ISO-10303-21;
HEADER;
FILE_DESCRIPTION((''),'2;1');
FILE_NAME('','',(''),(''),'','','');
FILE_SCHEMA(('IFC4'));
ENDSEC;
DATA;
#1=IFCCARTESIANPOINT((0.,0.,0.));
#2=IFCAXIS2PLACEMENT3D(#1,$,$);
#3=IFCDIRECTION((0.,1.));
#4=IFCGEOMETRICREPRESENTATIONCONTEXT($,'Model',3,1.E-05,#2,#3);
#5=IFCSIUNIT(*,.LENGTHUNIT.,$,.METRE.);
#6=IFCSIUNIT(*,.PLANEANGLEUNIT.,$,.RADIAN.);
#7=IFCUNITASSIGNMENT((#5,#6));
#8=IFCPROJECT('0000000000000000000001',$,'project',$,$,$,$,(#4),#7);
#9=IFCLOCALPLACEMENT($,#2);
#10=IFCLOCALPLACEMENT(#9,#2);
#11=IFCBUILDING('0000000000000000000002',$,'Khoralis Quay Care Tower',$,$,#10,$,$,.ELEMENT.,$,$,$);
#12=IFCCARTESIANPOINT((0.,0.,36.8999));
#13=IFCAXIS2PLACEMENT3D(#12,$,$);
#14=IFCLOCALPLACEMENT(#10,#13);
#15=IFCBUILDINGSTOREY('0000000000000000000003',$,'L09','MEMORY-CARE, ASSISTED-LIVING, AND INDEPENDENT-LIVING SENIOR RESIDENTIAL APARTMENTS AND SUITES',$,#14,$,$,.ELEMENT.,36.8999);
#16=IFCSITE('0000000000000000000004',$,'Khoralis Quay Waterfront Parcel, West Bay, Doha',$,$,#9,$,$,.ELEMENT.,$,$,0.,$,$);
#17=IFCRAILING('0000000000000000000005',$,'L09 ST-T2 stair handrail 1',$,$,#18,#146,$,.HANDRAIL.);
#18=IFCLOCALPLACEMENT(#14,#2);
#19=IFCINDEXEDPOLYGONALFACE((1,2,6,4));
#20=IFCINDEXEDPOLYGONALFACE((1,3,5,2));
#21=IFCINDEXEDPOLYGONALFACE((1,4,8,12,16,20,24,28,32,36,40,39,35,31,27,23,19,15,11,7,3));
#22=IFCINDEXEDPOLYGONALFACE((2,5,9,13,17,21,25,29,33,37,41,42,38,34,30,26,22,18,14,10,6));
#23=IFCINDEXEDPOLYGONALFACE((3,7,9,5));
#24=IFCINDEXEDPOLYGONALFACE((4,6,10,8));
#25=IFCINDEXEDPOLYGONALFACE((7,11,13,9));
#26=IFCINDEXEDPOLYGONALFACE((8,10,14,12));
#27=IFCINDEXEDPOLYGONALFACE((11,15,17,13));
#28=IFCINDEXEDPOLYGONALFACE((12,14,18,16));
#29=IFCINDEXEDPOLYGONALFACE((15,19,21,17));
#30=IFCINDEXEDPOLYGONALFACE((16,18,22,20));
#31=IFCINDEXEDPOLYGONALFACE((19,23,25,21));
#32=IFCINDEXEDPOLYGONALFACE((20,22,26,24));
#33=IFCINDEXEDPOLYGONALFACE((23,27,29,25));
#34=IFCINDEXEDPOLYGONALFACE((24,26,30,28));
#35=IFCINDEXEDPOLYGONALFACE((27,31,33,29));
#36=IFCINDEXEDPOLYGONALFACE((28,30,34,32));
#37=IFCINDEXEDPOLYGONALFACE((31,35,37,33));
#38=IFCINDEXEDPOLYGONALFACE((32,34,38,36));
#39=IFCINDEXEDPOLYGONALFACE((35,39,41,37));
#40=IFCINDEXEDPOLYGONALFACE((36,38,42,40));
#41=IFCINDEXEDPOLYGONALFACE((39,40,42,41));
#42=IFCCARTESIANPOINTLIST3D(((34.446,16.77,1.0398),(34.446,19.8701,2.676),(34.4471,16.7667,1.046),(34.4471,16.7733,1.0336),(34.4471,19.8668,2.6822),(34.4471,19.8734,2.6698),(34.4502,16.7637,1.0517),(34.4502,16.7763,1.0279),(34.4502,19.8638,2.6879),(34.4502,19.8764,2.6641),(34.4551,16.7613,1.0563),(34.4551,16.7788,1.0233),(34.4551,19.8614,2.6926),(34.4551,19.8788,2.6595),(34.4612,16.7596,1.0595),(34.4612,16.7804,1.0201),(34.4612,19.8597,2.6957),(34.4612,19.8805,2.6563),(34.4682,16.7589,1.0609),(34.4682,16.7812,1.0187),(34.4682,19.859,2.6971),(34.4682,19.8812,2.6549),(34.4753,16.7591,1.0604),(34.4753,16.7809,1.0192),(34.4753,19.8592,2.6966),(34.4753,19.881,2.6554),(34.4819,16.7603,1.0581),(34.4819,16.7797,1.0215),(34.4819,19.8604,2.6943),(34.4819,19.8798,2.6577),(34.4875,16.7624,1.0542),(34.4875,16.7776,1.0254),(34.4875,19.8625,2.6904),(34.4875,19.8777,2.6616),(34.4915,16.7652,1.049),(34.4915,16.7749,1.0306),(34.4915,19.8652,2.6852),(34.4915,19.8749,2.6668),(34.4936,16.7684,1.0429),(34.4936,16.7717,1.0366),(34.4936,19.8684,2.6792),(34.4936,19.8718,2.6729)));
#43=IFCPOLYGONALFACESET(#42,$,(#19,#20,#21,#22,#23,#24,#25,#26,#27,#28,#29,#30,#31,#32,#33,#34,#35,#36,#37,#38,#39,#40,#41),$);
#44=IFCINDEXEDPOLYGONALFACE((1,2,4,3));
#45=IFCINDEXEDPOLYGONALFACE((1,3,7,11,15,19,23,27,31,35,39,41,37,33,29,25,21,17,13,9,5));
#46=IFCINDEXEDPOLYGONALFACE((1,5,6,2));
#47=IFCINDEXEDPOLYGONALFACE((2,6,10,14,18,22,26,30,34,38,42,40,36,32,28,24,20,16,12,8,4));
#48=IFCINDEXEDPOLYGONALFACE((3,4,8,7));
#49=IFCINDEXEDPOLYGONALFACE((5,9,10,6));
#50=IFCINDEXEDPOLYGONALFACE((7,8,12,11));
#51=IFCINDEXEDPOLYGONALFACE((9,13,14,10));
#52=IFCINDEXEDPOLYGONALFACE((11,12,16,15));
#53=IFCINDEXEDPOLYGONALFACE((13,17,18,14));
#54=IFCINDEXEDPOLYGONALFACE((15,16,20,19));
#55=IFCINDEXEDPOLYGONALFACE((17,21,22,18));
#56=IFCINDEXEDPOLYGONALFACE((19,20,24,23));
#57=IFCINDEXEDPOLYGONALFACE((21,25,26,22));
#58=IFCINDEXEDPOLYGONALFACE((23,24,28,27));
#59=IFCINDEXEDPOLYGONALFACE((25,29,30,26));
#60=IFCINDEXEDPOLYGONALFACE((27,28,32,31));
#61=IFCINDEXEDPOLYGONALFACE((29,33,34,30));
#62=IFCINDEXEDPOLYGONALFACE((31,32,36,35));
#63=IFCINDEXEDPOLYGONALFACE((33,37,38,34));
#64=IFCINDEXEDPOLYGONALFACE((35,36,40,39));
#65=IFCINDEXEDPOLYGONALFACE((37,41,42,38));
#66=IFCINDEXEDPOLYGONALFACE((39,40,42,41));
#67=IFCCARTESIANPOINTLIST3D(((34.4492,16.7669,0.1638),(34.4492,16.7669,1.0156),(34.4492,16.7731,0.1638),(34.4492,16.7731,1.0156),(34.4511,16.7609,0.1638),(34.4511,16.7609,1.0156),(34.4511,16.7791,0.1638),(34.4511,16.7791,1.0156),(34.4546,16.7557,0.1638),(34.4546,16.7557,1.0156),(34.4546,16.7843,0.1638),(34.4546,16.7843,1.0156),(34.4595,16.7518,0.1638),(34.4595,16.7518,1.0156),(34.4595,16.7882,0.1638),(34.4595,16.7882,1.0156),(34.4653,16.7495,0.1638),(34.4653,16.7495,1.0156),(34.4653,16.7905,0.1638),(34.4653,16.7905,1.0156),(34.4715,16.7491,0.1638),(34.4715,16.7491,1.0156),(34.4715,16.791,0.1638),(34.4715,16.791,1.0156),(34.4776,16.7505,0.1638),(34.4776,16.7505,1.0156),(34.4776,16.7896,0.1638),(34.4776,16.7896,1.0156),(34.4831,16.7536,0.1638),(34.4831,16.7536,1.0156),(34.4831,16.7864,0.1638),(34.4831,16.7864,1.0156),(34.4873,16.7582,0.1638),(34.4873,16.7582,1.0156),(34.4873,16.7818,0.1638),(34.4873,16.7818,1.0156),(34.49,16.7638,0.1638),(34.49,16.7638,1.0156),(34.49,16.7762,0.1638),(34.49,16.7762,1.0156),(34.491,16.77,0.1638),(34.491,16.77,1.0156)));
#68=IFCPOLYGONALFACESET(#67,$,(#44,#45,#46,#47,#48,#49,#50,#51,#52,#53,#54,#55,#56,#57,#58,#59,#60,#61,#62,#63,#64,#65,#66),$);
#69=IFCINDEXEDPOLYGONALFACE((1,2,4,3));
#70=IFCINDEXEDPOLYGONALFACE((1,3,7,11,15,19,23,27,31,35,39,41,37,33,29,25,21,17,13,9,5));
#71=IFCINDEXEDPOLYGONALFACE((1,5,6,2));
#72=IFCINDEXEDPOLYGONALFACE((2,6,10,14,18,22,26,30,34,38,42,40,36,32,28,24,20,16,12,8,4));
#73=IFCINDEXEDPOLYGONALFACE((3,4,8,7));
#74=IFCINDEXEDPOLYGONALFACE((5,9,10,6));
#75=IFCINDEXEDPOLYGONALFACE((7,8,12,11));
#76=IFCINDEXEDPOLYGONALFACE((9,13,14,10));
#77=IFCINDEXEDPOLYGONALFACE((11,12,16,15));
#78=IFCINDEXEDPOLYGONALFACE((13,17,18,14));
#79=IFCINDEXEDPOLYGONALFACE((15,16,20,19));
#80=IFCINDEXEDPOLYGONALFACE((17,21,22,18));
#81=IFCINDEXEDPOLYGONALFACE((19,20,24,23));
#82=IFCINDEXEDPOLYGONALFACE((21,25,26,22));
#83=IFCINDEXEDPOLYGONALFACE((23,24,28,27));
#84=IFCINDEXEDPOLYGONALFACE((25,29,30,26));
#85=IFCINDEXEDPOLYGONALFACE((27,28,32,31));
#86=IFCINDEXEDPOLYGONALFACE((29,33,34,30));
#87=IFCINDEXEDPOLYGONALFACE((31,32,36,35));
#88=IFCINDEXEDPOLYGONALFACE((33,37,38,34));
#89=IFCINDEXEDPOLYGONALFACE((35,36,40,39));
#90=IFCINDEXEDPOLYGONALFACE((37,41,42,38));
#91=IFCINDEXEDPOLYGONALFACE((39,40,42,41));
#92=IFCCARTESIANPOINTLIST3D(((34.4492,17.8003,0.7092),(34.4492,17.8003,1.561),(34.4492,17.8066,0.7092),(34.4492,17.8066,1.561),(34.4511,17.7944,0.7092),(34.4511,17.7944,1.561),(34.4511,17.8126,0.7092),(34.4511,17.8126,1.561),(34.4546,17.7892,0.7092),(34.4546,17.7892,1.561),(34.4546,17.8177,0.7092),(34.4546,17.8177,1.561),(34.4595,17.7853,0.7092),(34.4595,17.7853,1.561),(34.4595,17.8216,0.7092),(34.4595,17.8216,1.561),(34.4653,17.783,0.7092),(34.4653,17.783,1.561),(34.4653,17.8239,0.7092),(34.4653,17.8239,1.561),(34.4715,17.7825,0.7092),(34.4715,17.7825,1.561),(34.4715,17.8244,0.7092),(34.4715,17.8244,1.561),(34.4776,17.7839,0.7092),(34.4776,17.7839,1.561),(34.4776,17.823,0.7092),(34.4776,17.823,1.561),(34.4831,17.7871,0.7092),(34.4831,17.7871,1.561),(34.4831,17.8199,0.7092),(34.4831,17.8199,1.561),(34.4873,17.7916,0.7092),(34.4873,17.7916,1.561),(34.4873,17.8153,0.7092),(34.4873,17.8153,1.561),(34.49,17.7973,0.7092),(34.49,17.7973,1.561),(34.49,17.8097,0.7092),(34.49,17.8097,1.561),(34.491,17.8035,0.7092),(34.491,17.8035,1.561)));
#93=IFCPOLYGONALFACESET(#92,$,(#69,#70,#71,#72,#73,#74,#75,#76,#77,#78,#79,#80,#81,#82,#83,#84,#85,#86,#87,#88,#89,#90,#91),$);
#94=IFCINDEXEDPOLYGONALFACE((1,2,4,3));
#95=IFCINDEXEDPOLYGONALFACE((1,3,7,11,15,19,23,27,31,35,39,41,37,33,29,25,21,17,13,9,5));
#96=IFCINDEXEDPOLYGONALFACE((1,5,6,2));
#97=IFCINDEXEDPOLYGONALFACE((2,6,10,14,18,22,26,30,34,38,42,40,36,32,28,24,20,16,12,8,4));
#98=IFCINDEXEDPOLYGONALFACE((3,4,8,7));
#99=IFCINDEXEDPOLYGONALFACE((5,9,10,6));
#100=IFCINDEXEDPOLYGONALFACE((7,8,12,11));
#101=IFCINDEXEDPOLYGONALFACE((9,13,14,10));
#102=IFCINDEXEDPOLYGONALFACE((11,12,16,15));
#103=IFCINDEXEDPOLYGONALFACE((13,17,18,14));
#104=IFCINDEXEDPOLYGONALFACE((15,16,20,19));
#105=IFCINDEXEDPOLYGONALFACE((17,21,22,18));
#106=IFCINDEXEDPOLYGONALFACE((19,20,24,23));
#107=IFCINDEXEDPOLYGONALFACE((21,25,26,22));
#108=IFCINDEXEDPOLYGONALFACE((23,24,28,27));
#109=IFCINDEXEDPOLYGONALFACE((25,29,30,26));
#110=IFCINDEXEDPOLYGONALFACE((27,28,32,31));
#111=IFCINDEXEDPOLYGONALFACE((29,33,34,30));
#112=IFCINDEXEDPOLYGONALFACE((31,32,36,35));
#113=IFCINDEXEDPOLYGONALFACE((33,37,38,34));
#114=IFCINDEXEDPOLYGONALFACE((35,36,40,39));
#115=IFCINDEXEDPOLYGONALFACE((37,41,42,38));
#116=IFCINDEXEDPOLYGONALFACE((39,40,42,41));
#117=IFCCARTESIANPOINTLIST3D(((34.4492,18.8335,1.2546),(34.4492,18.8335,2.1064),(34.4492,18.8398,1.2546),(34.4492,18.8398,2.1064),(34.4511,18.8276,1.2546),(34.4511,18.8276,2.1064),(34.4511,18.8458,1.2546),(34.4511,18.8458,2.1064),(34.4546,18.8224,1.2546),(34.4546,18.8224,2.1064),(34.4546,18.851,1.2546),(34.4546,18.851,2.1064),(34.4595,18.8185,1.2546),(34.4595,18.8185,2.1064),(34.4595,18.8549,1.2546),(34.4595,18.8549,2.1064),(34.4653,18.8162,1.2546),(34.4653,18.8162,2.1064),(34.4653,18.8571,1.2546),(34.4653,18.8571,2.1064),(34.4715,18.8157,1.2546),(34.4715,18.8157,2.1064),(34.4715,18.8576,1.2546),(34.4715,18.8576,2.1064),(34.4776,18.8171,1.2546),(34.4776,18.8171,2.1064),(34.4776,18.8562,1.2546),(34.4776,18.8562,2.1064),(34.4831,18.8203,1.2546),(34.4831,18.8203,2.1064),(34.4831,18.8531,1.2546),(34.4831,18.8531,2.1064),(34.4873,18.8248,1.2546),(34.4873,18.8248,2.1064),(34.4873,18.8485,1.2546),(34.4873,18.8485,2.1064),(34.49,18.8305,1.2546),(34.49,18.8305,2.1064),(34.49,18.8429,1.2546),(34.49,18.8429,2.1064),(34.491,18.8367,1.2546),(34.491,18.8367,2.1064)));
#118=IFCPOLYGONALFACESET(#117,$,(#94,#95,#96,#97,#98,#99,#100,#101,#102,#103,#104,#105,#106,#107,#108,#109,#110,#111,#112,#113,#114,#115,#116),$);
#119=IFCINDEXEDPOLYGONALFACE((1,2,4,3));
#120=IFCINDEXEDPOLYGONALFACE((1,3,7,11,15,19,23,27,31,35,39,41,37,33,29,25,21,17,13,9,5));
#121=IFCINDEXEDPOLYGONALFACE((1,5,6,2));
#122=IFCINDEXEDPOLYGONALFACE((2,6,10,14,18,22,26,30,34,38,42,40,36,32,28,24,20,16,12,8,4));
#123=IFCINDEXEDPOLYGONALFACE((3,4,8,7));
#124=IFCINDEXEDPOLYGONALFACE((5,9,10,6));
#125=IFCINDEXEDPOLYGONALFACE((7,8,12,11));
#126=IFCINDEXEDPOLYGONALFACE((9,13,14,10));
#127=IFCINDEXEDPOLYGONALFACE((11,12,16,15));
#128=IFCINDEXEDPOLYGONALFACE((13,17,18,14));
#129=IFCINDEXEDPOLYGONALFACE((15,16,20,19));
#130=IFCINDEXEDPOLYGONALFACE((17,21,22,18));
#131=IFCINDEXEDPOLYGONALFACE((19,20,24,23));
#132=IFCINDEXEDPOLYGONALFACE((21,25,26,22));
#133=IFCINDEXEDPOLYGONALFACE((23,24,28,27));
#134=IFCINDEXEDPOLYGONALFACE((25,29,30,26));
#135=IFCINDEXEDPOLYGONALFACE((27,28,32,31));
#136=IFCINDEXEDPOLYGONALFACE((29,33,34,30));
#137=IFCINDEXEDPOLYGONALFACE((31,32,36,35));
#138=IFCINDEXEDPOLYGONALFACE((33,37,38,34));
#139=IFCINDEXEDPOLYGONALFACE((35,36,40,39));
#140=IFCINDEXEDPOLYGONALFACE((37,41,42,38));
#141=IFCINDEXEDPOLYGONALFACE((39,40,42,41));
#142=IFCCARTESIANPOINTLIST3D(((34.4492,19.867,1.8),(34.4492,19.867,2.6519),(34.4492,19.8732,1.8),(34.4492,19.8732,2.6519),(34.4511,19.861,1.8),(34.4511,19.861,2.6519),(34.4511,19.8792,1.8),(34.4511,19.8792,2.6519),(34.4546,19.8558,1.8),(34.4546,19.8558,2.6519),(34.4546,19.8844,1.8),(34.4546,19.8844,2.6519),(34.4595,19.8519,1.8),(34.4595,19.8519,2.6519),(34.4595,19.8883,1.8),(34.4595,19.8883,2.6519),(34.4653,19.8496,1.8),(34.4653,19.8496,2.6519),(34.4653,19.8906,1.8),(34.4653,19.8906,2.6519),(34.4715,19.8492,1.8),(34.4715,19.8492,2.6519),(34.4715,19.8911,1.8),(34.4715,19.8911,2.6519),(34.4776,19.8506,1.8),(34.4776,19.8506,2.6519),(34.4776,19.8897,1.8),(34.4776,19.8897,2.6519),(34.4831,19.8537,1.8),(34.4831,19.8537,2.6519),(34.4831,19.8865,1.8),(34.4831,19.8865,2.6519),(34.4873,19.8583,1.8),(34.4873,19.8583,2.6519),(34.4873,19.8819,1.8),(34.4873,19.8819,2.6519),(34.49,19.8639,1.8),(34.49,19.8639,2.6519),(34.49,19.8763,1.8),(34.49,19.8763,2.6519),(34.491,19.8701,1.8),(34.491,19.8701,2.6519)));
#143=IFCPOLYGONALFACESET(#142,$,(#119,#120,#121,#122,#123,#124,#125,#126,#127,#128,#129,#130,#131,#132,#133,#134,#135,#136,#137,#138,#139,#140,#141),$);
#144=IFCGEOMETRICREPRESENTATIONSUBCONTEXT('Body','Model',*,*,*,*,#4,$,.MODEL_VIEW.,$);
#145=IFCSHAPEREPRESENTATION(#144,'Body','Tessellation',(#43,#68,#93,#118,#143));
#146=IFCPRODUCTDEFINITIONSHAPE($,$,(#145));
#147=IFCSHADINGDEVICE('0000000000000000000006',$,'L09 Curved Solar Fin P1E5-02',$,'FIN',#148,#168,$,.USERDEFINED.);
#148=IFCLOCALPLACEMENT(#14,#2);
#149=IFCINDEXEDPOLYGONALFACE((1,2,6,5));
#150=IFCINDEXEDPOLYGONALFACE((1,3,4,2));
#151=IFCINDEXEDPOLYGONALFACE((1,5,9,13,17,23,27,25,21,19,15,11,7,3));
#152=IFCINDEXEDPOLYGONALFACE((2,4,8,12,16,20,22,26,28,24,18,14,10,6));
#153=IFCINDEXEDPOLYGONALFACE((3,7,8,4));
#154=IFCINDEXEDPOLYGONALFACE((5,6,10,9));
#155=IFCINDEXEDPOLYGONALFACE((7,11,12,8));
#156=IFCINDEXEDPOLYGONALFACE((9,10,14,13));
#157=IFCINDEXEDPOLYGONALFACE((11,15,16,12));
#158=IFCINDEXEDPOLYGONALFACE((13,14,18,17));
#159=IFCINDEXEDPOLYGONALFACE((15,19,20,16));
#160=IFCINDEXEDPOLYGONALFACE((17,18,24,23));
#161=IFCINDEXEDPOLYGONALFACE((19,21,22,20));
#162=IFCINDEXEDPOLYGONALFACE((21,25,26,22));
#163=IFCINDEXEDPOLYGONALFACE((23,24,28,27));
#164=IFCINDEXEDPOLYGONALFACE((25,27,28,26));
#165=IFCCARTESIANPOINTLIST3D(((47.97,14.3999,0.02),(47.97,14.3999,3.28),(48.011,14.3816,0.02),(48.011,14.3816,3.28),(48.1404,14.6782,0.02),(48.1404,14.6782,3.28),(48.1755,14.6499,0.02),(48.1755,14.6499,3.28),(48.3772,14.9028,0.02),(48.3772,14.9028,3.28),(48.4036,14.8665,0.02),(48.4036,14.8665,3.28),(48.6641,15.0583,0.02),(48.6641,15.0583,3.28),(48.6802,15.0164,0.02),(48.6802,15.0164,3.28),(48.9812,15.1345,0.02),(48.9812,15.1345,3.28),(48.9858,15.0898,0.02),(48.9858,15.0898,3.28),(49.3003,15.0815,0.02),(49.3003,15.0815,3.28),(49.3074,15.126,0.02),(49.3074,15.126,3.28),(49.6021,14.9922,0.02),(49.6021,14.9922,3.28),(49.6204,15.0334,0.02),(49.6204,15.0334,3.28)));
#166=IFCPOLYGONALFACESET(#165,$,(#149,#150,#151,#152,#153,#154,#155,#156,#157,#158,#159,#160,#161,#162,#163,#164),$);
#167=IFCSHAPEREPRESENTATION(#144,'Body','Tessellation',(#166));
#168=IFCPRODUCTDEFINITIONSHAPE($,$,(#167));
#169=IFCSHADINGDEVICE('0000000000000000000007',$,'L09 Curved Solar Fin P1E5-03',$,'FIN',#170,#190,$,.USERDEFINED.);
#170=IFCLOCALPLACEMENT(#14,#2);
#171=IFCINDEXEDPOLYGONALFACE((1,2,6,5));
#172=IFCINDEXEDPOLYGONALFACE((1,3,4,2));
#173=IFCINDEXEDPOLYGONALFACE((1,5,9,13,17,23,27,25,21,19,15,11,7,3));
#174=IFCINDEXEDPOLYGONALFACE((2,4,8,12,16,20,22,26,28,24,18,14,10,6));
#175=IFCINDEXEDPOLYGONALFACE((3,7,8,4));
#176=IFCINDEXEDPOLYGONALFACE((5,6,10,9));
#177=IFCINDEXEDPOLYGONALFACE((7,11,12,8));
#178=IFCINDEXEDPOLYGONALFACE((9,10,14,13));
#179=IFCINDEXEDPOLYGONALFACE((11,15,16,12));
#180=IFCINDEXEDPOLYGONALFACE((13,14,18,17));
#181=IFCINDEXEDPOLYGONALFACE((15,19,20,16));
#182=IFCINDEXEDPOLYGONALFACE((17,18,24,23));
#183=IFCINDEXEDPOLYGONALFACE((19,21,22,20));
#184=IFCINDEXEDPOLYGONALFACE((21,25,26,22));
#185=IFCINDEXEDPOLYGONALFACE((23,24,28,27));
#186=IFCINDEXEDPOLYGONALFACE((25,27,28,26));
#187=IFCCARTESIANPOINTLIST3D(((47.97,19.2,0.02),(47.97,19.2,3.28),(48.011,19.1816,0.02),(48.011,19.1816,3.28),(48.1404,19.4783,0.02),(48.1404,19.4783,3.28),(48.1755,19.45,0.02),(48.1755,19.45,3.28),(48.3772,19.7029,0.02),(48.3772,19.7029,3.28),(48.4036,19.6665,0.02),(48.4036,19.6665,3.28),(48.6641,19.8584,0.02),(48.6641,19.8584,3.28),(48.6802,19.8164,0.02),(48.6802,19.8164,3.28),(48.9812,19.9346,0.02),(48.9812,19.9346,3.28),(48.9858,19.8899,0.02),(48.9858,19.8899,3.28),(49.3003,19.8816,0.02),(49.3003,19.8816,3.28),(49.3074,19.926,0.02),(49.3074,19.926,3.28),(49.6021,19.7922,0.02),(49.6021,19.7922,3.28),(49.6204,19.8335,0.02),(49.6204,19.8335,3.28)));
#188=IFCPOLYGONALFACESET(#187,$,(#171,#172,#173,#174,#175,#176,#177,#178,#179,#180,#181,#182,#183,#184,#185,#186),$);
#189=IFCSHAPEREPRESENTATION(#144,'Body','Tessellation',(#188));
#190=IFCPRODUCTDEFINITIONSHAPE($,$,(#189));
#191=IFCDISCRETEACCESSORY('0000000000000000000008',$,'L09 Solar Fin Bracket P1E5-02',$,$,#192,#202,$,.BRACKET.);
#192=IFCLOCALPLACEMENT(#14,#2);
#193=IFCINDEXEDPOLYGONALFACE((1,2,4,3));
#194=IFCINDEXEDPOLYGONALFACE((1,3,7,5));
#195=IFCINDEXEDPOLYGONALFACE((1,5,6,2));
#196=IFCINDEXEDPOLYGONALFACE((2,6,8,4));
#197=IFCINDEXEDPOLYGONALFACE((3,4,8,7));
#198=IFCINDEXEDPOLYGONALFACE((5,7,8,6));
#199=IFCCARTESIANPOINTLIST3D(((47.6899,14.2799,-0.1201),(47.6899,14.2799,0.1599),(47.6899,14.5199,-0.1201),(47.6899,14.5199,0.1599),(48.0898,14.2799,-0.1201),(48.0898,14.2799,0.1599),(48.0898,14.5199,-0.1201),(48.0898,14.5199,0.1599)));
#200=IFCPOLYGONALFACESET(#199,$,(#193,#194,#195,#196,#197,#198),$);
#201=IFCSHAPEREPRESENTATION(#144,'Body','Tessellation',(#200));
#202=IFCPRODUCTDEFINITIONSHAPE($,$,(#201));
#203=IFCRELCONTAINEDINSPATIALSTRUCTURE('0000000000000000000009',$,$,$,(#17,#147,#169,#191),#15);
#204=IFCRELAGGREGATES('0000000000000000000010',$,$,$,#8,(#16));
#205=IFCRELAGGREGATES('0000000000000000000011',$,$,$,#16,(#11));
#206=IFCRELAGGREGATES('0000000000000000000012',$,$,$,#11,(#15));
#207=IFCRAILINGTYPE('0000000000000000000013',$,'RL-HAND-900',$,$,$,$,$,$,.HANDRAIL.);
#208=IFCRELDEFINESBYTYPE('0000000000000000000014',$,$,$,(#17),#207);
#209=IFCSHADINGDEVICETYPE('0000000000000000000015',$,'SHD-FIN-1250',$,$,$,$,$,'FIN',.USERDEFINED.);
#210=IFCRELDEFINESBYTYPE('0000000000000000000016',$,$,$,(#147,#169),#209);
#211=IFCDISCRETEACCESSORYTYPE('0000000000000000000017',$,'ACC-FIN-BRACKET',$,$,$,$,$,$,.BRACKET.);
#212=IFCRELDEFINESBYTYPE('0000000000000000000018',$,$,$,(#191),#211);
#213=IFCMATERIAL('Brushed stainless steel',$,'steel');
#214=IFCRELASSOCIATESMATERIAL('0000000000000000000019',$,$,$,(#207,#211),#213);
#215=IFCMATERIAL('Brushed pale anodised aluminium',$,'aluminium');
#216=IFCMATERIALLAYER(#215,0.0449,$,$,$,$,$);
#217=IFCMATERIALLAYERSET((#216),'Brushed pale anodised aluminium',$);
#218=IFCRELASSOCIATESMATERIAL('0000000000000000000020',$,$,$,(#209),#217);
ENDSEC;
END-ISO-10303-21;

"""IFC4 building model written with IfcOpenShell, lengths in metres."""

from ifc_helpers import new_model, si_unit, direction, frame, origin, origin_2d, place, context, subcontext, project, spatial, polyline, rectangle, circle, outline, extrude, source, transform, mapped, material, layer, layer_set, type_object, element, save


model = new_model("IFC4")

# Units and contexts
model_context = context("Model", 3, precision=1e-05, world=origin(), true_north=direction((0.0, 1.0)))
body_context = subcontext(model_context, "Body", "Model", "MODEL_VIEW")
ifc_project = project(units=[si_unit("LENGTHUNIT", "METRE"), si_unit("PLANEANGLEUNIT", "RADIAN")], contexts=[model_context])

# Site, building, storey
site_placement = place(None, origin())
site = spatial("IfcSite", under=ifc_project, at=site_placement, Name="Khoralis Quay Waterfront Parcel, West Bay, Doha", CompositionType="ELEMENT", RefElevation=0.0)
building_placement = place(site_placement, origin())
building = spatial("IfcBuilding", under=site, at=building_placement, Name="Khoralis Quay Care Tower", CompositionType="ELEMENT")
storey_placement = place(building_placement, frame((0.0, 0.0, 36.8999)))
storey = spatial("IfcBuildingStorey", under=building, at=storey_placement, Name="L09", Description="MEMORY-CARE, ASSISTED-LIVING, AND INDEPENDENT-LIVING SENIOR RESIDENTIAL APARTMENTS AND SUITES", CompositionType="ELEMENT", Elevation=36.8999)

# Railing
ifc_material_1 = material(Name="Brushed stainless steel", Category="steel")
railing_type = type_object("IfcRailingType", Name="RL-HAND-900", PredefinedType="HANDRAIL", material=ifc_material_1)
railing_placement = place(storey_placement, frame((34.47, 16.77, 0.1638)))
element("IfcRailing", 1, at=railing_placement, inside=storey, type_object=railing_type, Name="L09 ST-T2 stair handrail 1", PredefinedType="HANDRAIL", context=body_context, shape_type="SweptSolid", body=[
    extrude(circle(Radius=0.0239, at=origin_2d()), frame((0.0, 0.0, 0.876), z_axis=(0.0, 0.884377, 0.466774), x_axis=(-1.0, 0.0, 0.0)), (0.0, 0.0, 1.0), 3.5054),
    extrude(circle(Radius=0.021, at=origin_2d()), origin(), (0.0, 0.0, 1.0), 0.8518),
    extrude(circle(Radius=0.021, at=origin_2d()), frame((0.0, 1.0334, 0.5454)), (0.0, 0.0, 1.0), 0.8518),
    extrude(circle(Radius=0.021, at=origin_2d()), frame((0.0, 2.0667, 1.0908)), (0.0, 0.0, 1.0), 0.8518),
    extrude(circle(Radius=0.021, at=origin_2d()), frame((0.0, 3.1001, 1.6362)), (0.0, 0.0, 1.0), 0.8518),
])

# Shading devices
ifc_material_2 = material(Name="Brushed pale anodised aluminium", Category="aluminium")
ifc_layer_1 = layer(ifc_material_2, 0.0449)
ifc_layer_set_1 = layer_set([ifc_layer_1], Name="Brushed pale anodised aluminium")
shading_device_type = type_object("IfcShadingDeviceType", Name="SHD-FIN-1250", ElementType="FIN", PredefinedType="USERDEFINED", material=ifc_layer_set_1)
shared_shape_1 = source(origin(), body_context, "Body", "SweptSolid", [
    extrude(outline(polyline([(0.0, 0.0), (0.1704, 0.2783), (0.4072, 0.5029), (0.6941, 0.6584), (1.0112, 0.7346), (1.3374, 0.7261), (1.6504, 0.6335), (1.6321, 0.5923), (1.3303, 0.6816), (1.0159, 0.6899), (0.7102, 0.6165), (0.4336, 0.4666), (0.2056, 0.25), (0.041, -0.0183), (0.0, 0.0)])), origin(), (0.0, 0.0, 1.0), 3.26),
])
for number, where, z_axis, x_axis, name in (
    (2, (47.97, 14.3999, 0.02), (0.0, 0.0, 1.0), (1.0, 0.0, 0.0), "L09 Curved Solar Fin P1E5-02"),
    (3, (47.97, 19.2, 0.02), (0.0, 0.0, 1.0), (1.0, 0.0, 0.0), "L09 Curved Solar Fin P1E5-03"),
):
    element("IfcShadingDevice", number, at=place(storey_placement, frame(where, z_axis=z_axis, x_axis=x_axis)), inside=storey, type_object=shading_device_type, Name=name, ObjectType="FIN", PredefinedType="USERDEFINED", context=body_context, shape_type="MappedRepresentation", body=[
        mapped(shared_shape_1, transform((0.0, 0.0, 0.0), scale=1.0)),
    ])

# Discrete accessory
discrete_accessory_type = type_object("IfcDiscreteAccessoryType", Name="ACC-FIN-BRACKET", PredefinedType="BRACKET", material=ifc_material_1)
shared_shape_2 = source(origin(), body_context, "Body", "SweptSolid", [
    extrude(rectangle(XDim=0.3999, YDim=0.24, at=origin_2d()), origin(), (0.0, 0.0, 1.0), 0.28),
])
for number, where, z_axis, x_axis, name in (
    (4, (47.8899, 14.3999, -0.1201), (0.0, 0.0, 1.0), (1.0, 0.0, 0.0), "L09 Solar Fin Bracket P1E5-02"),
):
    element("IfcDiscreteAccessory", number, at=place(storey_placement, frame(where, z_axis=z_axis, x_axis=x_axis)), inside=storey, type_object=discrete_accessory_type, Name=name, PredefinedType="BRACKET", context=body_context, shape_type="MappedRepresentation", body=[
        mapped(shared_shape_2, transform((0.0, 0.0, 0.0), scale=1.0)),
    ])

save(model, "model.ifc")
